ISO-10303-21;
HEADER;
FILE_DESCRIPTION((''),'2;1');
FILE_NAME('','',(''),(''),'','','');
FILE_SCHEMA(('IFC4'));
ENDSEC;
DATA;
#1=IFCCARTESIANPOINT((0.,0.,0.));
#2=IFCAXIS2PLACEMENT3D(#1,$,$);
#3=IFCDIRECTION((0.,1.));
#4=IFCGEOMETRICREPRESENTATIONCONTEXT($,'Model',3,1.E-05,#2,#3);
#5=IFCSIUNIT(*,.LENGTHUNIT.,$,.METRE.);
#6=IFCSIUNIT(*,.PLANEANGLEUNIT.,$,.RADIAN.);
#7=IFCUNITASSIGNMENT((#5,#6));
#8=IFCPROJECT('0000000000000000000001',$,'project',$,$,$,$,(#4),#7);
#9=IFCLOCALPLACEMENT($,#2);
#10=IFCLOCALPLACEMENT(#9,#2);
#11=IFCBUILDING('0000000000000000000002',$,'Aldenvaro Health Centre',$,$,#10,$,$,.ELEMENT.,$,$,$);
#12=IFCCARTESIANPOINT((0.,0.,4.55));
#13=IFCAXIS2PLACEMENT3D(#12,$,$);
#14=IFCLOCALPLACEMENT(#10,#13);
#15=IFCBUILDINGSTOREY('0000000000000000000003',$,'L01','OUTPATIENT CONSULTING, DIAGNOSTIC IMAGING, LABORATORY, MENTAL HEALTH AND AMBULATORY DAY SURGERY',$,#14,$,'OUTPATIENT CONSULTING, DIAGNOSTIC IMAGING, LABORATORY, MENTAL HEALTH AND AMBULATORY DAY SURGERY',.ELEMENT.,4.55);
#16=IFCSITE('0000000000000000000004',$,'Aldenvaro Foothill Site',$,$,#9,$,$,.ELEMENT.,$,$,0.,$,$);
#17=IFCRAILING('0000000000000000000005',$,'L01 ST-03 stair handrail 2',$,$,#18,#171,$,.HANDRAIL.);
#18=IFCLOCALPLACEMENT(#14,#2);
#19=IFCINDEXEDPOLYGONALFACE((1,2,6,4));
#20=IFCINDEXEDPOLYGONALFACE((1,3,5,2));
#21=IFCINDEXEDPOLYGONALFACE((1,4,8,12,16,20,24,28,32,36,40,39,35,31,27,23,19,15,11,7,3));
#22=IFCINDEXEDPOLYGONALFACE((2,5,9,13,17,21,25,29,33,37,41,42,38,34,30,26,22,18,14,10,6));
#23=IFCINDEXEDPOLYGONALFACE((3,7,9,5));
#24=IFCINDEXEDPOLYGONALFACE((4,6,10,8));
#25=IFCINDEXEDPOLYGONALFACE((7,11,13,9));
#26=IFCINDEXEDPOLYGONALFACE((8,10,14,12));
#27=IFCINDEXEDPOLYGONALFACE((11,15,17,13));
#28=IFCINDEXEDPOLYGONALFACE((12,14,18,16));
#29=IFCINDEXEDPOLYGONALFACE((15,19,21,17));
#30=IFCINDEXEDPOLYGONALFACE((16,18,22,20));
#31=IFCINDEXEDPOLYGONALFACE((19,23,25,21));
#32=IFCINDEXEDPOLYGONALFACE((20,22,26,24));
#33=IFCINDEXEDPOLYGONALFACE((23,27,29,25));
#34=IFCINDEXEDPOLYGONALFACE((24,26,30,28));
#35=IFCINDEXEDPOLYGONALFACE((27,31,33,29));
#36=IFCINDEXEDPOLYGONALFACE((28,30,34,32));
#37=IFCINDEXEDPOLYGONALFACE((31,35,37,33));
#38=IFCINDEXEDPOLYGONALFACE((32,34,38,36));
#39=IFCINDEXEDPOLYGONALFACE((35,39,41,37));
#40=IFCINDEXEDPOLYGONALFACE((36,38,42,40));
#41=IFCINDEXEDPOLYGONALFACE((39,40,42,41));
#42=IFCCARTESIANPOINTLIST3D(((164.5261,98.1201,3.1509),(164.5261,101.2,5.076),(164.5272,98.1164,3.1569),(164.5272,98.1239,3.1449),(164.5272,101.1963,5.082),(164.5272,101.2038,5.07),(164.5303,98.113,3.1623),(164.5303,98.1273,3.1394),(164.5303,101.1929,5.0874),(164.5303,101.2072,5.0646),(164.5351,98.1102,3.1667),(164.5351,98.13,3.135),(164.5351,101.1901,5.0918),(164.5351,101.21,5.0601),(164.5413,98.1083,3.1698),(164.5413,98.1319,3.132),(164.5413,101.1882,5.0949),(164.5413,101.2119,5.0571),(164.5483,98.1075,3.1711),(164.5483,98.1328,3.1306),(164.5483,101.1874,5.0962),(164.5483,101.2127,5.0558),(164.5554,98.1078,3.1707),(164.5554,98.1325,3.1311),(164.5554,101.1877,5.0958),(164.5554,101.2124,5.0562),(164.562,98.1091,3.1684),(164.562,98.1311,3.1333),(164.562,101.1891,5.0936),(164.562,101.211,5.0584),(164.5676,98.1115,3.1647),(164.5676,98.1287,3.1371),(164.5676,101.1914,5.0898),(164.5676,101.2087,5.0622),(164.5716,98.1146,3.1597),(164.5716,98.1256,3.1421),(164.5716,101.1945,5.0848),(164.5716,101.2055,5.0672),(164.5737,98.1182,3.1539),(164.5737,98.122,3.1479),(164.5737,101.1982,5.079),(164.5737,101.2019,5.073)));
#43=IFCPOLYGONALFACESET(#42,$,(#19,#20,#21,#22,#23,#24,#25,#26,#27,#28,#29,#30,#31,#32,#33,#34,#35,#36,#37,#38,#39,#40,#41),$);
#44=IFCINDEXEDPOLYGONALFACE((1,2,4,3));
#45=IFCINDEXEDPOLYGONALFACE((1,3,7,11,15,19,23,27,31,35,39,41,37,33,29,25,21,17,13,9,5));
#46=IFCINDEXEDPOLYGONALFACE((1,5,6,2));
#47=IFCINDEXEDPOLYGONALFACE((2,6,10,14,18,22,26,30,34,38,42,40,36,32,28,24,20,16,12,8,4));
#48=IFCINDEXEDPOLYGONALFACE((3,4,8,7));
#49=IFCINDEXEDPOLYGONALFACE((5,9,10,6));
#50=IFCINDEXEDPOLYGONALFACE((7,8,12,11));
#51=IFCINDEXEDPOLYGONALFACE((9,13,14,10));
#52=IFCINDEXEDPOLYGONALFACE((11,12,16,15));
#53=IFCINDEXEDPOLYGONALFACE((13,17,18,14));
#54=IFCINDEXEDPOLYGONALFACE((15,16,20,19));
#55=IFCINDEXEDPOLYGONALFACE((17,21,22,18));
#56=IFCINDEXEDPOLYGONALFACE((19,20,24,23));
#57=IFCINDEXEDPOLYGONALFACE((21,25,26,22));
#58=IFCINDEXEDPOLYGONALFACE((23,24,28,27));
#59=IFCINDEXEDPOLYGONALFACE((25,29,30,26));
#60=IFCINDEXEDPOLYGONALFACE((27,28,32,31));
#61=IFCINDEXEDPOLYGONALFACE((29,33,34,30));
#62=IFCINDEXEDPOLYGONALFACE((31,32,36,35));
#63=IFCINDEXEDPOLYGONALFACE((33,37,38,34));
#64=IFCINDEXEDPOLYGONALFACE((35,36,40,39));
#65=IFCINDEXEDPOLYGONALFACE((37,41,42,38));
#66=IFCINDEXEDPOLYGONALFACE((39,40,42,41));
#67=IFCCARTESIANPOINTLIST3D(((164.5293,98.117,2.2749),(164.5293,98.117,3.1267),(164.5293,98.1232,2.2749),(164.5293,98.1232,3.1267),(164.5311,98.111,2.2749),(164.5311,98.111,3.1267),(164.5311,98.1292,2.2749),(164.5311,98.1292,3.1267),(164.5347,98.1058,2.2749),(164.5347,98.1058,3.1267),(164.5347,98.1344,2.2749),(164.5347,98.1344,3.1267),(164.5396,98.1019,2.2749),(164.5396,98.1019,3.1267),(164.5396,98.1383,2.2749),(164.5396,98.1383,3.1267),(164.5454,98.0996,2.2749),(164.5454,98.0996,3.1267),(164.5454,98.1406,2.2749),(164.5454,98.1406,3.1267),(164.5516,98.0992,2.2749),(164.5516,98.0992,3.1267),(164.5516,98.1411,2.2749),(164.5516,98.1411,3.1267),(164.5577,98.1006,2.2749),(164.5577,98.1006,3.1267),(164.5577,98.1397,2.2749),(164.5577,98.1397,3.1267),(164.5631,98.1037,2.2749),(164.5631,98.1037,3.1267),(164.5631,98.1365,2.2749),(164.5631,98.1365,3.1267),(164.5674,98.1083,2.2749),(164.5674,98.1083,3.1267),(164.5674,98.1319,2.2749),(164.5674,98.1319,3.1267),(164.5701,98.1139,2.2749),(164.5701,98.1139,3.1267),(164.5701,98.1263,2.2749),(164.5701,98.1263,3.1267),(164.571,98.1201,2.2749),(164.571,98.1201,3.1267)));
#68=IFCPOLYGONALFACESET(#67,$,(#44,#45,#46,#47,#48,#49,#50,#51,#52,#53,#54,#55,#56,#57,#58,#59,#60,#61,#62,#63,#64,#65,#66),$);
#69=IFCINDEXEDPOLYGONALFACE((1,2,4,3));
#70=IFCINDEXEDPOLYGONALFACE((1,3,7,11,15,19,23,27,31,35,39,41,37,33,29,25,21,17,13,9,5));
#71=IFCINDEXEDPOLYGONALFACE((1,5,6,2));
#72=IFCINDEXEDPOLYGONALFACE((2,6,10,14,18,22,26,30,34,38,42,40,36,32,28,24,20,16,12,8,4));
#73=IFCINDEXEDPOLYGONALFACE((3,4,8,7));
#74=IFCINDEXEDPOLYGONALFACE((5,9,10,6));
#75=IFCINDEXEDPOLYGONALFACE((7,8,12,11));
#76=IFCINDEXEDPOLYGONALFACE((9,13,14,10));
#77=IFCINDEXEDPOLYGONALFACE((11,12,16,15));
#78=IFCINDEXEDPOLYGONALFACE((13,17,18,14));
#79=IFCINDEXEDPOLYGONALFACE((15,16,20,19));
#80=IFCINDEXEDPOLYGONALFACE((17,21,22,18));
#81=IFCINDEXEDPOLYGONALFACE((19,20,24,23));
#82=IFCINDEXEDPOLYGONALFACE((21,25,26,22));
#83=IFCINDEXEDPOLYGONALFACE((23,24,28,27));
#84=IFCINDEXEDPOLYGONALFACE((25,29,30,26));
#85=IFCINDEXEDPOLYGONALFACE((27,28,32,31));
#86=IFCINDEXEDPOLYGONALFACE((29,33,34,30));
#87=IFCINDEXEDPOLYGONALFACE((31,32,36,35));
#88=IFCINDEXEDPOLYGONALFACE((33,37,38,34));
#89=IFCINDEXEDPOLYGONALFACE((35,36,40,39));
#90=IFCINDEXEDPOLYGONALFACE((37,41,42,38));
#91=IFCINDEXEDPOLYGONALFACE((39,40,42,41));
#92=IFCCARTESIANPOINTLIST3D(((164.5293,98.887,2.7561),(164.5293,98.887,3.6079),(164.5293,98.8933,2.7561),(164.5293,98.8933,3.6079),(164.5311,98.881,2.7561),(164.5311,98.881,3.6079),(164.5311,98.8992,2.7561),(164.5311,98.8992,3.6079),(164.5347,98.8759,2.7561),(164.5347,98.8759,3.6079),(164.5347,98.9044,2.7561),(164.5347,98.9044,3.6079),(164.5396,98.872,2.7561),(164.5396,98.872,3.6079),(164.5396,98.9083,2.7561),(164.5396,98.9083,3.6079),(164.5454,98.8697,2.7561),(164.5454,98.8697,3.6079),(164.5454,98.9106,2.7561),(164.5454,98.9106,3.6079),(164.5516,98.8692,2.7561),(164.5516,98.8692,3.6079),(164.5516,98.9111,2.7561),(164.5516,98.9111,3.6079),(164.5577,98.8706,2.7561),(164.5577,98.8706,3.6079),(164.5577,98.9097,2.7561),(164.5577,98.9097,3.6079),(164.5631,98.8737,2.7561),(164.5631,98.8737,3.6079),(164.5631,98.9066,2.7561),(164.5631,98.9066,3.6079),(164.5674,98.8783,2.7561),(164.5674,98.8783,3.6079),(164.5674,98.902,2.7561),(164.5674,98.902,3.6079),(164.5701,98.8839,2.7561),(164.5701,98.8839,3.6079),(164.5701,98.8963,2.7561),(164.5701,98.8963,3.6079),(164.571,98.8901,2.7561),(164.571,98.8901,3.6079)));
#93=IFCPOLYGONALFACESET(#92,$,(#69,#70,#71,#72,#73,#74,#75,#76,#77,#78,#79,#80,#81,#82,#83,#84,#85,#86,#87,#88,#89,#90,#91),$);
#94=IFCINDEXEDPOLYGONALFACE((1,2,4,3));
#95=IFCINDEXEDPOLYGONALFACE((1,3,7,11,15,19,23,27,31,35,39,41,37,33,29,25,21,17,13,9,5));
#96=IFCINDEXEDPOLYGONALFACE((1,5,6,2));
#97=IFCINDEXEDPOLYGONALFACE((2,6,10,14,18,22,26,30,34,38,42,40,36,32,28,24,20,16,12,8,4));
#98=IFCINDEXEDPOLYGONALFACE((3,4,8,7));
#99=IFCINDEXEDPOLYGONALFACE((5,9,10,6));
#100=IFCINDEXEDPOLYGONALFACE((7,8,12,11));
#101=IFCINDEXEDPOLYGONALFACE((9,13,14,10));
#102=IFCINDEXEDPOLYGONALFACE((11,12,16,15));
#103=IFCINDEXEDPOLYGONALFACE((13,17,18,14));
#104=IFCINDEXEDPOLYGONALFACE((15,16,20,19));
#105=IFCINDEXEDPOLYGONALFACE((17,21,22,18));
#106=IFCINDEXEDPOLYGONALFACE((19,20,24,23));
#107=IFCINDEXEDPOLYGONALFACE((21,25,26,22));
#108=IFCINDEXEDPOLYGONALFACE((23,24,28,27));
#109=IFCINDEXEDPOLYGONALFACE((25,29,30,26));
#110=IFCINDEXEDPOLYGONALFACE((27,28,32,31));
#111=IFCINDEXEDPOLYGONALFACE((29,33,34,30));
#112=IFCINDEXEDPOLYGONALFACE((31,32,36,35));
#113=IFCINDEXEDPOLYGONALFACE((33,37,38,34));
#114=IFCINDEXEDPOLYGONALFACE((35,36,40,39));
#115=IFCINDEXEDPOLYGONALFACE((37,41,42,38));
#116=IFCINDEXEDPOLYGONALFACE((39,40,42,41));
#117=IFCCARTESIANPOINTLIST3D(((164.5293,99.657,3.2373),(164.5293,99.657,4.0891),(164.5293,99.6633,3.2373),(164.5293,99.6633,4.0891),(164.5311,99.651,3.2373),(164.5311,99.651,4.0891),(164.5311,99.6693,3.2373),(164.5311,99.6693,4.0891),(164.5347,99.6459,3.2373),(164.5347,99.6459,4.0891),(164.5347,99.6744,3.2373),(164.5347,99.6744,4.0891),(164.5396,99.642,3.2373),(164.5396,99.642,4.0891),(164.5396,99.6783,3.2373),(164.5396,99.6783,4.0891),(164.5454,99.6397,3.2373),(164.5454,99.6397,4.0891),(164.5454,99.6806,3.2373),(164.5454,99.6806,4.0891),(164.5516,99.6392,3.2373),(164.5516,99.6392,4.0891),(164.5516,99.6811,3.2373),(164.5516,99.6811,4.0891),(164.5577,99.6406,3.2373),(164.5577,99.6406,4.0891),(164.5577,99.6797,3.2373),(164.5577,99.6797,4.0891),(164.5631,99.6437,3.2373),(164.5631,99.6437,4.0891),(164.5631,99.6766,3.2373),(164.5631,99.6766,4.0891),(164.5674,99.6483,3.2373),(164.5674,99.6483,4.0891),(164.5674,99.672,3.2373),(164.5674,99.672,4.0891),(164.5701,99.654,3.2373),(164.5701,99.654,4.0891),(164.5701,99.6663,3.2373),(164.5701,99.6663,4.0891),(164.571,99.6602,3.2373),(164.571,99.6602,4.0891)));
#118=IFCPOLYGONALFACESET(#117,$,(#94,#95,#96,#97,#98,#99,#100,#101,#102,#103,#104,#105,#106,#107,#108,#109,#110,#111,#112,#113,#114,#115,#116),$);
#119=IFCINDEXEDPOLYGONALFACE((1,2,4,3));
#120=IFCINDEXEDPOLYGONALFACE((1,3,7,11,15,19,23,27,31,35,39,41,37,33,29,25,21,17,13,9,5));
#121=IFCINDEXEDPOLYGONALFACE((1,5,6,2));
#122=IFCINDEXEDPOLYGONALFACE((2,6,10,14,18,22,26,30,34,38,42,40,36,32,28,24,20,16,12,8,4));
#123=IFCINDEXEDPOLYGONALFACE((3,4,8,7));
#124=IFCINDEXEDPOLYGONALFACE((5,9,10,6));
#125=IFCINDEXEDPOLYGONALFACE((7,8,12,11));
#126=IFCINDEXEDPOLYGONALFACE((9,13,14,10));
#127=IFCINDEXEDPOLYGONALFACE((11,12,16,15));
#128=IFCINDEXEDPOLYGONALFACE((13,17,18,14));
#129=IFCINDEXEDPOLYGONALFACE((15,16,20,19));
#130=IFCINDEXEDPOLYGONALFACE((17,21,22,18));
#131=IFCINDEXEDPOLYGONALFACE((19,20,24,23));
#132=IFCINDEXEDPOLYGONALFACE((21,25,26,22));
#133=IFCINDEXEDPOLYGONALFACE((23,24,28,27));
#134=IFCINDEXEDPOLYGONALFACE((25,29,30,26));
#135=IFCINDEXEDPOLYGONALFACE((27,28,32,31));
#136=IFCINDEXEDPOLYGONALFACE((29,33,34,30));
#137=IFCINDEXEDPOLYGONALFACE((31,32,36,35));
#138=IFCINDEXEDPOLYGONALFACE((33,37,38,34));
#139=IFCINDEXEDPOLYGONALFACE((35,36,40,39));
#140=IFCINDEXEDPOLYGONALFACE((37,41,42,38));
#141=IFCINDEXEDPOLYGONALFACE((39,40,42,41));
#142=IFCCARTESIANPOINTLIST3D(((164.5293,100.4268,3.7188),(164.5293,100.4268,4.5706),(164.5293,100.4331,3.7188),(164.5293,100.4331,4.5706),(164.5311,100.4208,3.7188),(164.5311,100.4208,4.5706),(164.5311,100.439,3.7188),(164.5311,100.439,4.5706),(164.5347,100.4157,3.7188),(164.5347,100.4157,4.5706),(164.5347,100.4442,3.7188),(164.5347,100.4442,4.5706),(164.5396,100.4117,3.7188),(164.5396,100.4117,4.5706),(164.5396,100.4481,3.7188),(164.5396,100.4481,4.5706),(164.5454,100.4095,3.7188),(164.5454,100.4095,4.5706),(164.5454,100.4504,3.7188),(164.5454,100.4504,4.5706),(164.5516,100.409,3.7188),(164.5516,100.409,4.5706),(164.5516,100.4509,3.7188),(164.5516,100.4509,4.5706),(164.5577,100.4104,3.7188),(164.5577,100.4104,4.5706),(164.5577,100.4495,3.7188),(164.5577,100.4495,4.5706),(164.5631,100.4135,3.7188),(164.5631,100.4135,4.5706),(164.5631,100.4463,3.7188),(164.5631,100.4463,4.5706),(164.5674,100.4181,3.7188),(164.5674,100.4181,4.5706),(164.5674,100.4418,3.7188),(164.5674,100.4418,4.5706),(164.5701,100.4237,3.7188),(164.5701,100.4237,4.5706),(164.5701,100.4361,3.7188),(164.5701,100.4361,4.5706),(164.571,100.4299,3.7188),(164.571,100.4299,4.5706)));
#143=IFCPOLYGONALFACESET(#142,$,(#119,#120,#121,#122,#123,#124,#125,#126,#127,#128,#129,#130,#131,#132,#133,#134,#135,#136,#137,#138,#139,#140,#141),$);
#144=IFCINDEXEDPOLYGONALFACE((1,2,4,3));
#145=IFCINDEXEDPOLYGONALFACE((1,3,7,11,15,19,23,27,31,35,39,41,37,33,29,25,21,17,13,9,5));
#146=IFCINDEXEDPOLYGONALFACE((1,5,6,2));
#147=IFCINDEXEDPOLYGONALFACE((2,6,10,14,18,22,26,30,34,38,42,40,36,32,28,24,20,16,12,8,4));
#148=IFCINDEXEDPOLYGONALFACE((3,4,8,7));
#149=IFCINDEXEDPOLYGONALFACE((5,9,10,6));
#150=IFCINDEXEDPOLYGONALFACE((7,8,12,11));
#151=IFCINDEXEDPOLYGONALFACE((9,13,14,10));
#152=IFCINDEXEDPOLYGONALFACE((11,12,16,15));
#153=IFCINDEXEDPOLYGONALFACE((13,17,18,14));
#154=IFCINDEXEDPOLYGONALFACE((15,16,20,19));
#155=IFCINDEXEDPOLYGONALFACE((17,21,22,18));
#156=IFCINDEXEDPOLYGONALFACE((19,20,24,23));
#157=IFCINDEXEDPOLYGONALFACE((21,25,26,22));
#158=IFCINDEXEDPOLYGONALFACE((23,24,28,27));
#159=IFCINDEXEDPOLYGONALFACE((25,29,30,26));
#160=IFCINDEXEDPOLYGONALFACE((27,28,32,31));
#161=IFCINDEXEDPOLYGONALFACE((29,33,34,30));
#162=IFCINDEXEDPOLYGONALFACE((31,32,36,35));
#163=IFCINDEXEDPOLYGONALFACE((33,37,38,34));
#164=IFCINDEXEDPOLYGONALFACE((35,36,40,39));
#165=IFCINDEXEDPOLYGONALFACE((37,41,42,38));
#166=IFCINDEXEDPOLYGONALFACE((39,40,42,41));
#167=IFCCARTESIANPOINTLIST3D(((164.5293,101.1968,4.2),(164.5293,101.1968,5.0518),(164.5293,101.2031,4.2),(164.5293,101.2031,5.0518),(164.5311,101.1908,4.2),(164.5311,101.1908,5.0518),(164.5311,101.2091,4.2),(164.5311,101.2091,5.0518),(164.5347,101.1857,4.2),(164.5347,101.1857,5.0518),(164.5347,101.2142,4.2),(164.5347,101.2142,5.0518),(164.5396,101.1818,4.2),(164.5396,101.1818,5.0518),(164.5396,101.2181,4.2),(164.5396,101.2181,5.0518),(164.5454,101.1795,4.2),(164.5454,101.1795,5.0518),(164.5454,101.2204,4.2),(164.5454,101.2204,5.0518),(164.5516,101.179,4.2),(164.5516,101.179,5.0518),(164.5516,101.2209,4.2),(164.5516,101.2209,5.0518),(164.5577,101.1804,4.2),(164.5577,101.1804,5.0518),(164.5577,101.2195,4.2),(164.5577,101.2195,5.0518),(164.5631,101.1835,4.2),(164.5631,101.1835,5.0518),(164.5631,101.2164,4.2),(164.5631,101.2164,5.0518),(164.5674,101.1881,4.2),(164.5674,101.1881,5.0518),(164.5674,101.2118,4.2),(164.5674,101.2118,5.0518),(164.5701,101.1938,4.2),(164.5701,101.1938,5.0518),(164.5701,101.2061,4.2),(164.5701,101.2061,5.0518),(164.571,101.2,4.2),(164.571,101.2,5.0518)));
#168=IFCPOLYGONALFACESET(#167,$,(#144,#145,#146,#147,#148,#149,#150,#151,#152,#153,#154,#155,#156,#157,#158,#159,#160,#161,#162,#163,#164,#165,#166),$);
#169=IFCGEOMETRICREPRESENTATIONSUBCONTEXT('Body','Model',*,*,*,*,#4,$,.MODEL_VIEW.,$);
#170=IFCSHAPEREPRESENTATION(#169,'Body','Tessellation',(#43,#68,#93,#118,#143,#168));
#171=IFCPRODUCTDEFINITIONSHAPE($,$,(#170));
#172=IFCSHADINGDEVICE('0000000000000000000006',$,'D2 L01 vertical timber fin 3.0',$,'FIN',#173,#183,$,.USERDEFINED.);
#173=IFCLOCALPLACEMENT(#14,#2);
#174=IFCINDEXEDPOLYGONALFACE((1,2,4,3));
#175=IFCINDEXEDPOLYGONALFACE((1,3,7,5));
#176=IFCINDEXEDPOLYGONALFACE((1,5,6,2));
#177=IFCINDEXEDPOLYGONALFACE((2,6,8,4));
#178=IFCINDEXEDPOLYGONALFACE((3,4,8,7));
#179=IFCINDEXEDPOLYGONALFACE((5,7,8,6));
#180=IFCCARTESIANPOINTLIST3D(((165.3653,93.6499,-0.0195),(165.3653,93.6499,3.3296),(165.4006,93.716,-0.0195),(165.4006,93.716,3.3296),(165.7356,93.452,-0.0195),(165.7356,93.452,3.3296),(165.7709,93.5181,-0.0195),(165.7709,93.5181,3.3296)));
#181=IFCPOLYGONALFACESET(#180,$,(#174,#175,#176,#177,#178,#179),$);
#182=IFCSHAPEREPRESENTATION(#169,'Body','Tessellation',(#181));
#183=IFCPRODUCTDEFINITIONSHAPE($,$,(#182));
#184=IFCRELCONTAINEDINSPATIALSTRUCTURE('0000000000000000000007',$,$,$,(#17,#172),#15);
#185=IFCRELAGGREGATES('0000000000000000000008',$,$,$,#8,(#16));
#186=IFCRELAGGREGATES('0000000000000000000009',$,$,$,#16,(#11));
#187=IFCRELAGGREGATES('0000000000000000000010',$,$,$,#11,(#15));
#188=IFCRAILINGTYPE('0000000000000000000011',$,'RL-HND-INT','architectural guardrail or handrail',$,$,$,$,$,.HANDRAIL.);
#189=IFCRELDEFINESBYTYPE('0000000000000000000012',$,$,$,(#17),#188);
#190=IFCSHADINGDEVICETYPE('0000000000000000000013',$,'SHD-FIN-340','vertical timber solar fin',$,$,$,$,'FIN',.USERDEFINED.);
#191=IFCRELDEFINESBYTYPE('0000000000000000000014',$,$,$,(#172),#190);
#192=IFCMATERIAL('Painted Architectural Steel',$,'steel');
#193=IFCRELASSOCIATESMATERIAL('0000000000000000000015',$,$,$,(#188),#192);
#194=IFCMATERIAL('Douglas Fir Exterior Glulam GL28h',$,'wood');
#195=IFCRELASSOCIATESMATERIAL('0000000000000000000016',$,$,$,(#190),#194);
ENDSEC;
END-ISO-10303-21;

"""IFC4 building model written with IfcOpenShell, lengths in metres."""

from ifc_helpers import new_model, si_unit, direction, frame, origin, origin_2d, place, context, subcontext, project, spatial, rectangle, circle, extrude, material, type_object, element, save


model = new_model("IFC4")

# Units and contexts
model_context = context("Model", 3, precision=1e-05, world=origin(), true_north=direction((0.0, 1.0)))
body_context = subcontext(model_context, "Body", "Model", "MODEL_VIEW")
ifc_project = project(units=[si_unit("LENGTHUNIT", "METRE"), si_unit("PLANEANGLEUNIT", "RADIAN")], contexts=[model_context])

# Site, building, storey
site_placement = place(None, origin())
site = spatial("IfcSite", under=ifc_project, at=site_placement, Name="Aldenvaro Foothill Site", CompositionType="ELEMENT", RefElevation=0.0)
building_placement = place(site_placement, origin())
building = spatial("IfcBuilding", under=site, at=building_placement, Name="Aldenvaro Health Centre", CompositionType="ELEMENT")
storey_placement = place(building_placement, frame((0.0, 0.0, 4.55)))
storey = spatial("IfcBuildingStorey", under=building, at=storey_placement, Name="L01", Description="OUTPATIENT CONSULTING, DIAGNOSTIC IMAGING, LABORATORY, MENTAL HEALTH AND AMBULATORY DAY SURGERY", LongName="OUTPATIENT CONSULTING, DIAGNOSTIC IMAGING, LABORATORY, MENTAL HEALTH AND AMBULATORY DAY SURGERY", CompositionType="ELEMENT", Elevation=4.55)

# Railing
ifc_material_1 = material(Name="Painted Architectural Steel", Category="steel")
railing_type_1 = type_object("IfcRailingType", Name="RL-HND-INT", Description="architectural guardrail or handrail", PredefinedType="HANDRAIL", material=ifc_material_1)
railing_1_placement = place(storey_placement, frame((164.55, 98.1201, 2.2749)))
element("IfcRailing", 1, at=railing_1_placement, inside=storey, type_object=railing_type_1, Name="L01 ST-03 stair handrail 2", PredefinedType="HANDRAIL", context=body_context, shape_type="SweptSolid", body=[
    extrude(circle(Radius=0.0239, at=origin_2d()), frame((0.0, 0.0, 0.876), z_axis=(0.0, 0.847979, 0.530029), x_axis=(-1.0, 0.0, 0.0)), (0.0, 0.0, 1.0), 3.6321),
    extrude(circle(Radius=0.021, at=origin_2d()), origin(), (0.0, 0.0, 1.0), 0.8518),
    extrude(circle(Radius=0.021, at=origin_2d()), frame((0.0, 0.77, 0.4812)), (0.0, 0.0, 1.0), 0.8518),
    extrude(circle(Radius=0.021, at=origin_2d()), frame((0.0, 1.54, 0.9624)), (0.0, 0.0, 1.0), 0.8518),
    extrude(circle(Radius=0.021, at=origin_2d()), frame((0.0, 2.3098, 1.4438)), (0.0, 0.0, 1.0), 0.8518),
    extrude(circle(Radius=0.021, at=origin_2d()), frame((0.0, 3.0798, 1.925)), (0.0, 0.0, 1.0), 0.8518),
])

# Shading device
ifc_material_2 = material(Name="Douglas Fir Exterior Glulam GL28h", Category="wood")
shading_device_type = type_object("IfcShadingDeviceType", Name="SHD-FIN-340", Description="vertical timber solar fin", ElementType="FIN", PredefinedType="USERDEFINED", material=ifc_material_2)
shading_device_placement = place(storey_placement, frame((165.5681, 93.584, -0.0195), z_axis=(0.0, 0.0, 1.0), x_axis=(-0.471399, -0.88192, 0.0)))
element("IfcShadingDevice", 2, at=shading_device_placement, inside=storey, type_object=shading_device_type, Name="D2 L01 vertical timber fin 3.0", ObjectType="FIN", PredefinedType="USERDEFINED", context=body_context, shape_type="SweptSolid", body=[
    extrude(rectangle(XDim=0.075, YDim=0.4199, at=origin_2d()), origin(), (0.0, 0.0, 1.0), 3.3491),
])

save(model, "model.ifc")
